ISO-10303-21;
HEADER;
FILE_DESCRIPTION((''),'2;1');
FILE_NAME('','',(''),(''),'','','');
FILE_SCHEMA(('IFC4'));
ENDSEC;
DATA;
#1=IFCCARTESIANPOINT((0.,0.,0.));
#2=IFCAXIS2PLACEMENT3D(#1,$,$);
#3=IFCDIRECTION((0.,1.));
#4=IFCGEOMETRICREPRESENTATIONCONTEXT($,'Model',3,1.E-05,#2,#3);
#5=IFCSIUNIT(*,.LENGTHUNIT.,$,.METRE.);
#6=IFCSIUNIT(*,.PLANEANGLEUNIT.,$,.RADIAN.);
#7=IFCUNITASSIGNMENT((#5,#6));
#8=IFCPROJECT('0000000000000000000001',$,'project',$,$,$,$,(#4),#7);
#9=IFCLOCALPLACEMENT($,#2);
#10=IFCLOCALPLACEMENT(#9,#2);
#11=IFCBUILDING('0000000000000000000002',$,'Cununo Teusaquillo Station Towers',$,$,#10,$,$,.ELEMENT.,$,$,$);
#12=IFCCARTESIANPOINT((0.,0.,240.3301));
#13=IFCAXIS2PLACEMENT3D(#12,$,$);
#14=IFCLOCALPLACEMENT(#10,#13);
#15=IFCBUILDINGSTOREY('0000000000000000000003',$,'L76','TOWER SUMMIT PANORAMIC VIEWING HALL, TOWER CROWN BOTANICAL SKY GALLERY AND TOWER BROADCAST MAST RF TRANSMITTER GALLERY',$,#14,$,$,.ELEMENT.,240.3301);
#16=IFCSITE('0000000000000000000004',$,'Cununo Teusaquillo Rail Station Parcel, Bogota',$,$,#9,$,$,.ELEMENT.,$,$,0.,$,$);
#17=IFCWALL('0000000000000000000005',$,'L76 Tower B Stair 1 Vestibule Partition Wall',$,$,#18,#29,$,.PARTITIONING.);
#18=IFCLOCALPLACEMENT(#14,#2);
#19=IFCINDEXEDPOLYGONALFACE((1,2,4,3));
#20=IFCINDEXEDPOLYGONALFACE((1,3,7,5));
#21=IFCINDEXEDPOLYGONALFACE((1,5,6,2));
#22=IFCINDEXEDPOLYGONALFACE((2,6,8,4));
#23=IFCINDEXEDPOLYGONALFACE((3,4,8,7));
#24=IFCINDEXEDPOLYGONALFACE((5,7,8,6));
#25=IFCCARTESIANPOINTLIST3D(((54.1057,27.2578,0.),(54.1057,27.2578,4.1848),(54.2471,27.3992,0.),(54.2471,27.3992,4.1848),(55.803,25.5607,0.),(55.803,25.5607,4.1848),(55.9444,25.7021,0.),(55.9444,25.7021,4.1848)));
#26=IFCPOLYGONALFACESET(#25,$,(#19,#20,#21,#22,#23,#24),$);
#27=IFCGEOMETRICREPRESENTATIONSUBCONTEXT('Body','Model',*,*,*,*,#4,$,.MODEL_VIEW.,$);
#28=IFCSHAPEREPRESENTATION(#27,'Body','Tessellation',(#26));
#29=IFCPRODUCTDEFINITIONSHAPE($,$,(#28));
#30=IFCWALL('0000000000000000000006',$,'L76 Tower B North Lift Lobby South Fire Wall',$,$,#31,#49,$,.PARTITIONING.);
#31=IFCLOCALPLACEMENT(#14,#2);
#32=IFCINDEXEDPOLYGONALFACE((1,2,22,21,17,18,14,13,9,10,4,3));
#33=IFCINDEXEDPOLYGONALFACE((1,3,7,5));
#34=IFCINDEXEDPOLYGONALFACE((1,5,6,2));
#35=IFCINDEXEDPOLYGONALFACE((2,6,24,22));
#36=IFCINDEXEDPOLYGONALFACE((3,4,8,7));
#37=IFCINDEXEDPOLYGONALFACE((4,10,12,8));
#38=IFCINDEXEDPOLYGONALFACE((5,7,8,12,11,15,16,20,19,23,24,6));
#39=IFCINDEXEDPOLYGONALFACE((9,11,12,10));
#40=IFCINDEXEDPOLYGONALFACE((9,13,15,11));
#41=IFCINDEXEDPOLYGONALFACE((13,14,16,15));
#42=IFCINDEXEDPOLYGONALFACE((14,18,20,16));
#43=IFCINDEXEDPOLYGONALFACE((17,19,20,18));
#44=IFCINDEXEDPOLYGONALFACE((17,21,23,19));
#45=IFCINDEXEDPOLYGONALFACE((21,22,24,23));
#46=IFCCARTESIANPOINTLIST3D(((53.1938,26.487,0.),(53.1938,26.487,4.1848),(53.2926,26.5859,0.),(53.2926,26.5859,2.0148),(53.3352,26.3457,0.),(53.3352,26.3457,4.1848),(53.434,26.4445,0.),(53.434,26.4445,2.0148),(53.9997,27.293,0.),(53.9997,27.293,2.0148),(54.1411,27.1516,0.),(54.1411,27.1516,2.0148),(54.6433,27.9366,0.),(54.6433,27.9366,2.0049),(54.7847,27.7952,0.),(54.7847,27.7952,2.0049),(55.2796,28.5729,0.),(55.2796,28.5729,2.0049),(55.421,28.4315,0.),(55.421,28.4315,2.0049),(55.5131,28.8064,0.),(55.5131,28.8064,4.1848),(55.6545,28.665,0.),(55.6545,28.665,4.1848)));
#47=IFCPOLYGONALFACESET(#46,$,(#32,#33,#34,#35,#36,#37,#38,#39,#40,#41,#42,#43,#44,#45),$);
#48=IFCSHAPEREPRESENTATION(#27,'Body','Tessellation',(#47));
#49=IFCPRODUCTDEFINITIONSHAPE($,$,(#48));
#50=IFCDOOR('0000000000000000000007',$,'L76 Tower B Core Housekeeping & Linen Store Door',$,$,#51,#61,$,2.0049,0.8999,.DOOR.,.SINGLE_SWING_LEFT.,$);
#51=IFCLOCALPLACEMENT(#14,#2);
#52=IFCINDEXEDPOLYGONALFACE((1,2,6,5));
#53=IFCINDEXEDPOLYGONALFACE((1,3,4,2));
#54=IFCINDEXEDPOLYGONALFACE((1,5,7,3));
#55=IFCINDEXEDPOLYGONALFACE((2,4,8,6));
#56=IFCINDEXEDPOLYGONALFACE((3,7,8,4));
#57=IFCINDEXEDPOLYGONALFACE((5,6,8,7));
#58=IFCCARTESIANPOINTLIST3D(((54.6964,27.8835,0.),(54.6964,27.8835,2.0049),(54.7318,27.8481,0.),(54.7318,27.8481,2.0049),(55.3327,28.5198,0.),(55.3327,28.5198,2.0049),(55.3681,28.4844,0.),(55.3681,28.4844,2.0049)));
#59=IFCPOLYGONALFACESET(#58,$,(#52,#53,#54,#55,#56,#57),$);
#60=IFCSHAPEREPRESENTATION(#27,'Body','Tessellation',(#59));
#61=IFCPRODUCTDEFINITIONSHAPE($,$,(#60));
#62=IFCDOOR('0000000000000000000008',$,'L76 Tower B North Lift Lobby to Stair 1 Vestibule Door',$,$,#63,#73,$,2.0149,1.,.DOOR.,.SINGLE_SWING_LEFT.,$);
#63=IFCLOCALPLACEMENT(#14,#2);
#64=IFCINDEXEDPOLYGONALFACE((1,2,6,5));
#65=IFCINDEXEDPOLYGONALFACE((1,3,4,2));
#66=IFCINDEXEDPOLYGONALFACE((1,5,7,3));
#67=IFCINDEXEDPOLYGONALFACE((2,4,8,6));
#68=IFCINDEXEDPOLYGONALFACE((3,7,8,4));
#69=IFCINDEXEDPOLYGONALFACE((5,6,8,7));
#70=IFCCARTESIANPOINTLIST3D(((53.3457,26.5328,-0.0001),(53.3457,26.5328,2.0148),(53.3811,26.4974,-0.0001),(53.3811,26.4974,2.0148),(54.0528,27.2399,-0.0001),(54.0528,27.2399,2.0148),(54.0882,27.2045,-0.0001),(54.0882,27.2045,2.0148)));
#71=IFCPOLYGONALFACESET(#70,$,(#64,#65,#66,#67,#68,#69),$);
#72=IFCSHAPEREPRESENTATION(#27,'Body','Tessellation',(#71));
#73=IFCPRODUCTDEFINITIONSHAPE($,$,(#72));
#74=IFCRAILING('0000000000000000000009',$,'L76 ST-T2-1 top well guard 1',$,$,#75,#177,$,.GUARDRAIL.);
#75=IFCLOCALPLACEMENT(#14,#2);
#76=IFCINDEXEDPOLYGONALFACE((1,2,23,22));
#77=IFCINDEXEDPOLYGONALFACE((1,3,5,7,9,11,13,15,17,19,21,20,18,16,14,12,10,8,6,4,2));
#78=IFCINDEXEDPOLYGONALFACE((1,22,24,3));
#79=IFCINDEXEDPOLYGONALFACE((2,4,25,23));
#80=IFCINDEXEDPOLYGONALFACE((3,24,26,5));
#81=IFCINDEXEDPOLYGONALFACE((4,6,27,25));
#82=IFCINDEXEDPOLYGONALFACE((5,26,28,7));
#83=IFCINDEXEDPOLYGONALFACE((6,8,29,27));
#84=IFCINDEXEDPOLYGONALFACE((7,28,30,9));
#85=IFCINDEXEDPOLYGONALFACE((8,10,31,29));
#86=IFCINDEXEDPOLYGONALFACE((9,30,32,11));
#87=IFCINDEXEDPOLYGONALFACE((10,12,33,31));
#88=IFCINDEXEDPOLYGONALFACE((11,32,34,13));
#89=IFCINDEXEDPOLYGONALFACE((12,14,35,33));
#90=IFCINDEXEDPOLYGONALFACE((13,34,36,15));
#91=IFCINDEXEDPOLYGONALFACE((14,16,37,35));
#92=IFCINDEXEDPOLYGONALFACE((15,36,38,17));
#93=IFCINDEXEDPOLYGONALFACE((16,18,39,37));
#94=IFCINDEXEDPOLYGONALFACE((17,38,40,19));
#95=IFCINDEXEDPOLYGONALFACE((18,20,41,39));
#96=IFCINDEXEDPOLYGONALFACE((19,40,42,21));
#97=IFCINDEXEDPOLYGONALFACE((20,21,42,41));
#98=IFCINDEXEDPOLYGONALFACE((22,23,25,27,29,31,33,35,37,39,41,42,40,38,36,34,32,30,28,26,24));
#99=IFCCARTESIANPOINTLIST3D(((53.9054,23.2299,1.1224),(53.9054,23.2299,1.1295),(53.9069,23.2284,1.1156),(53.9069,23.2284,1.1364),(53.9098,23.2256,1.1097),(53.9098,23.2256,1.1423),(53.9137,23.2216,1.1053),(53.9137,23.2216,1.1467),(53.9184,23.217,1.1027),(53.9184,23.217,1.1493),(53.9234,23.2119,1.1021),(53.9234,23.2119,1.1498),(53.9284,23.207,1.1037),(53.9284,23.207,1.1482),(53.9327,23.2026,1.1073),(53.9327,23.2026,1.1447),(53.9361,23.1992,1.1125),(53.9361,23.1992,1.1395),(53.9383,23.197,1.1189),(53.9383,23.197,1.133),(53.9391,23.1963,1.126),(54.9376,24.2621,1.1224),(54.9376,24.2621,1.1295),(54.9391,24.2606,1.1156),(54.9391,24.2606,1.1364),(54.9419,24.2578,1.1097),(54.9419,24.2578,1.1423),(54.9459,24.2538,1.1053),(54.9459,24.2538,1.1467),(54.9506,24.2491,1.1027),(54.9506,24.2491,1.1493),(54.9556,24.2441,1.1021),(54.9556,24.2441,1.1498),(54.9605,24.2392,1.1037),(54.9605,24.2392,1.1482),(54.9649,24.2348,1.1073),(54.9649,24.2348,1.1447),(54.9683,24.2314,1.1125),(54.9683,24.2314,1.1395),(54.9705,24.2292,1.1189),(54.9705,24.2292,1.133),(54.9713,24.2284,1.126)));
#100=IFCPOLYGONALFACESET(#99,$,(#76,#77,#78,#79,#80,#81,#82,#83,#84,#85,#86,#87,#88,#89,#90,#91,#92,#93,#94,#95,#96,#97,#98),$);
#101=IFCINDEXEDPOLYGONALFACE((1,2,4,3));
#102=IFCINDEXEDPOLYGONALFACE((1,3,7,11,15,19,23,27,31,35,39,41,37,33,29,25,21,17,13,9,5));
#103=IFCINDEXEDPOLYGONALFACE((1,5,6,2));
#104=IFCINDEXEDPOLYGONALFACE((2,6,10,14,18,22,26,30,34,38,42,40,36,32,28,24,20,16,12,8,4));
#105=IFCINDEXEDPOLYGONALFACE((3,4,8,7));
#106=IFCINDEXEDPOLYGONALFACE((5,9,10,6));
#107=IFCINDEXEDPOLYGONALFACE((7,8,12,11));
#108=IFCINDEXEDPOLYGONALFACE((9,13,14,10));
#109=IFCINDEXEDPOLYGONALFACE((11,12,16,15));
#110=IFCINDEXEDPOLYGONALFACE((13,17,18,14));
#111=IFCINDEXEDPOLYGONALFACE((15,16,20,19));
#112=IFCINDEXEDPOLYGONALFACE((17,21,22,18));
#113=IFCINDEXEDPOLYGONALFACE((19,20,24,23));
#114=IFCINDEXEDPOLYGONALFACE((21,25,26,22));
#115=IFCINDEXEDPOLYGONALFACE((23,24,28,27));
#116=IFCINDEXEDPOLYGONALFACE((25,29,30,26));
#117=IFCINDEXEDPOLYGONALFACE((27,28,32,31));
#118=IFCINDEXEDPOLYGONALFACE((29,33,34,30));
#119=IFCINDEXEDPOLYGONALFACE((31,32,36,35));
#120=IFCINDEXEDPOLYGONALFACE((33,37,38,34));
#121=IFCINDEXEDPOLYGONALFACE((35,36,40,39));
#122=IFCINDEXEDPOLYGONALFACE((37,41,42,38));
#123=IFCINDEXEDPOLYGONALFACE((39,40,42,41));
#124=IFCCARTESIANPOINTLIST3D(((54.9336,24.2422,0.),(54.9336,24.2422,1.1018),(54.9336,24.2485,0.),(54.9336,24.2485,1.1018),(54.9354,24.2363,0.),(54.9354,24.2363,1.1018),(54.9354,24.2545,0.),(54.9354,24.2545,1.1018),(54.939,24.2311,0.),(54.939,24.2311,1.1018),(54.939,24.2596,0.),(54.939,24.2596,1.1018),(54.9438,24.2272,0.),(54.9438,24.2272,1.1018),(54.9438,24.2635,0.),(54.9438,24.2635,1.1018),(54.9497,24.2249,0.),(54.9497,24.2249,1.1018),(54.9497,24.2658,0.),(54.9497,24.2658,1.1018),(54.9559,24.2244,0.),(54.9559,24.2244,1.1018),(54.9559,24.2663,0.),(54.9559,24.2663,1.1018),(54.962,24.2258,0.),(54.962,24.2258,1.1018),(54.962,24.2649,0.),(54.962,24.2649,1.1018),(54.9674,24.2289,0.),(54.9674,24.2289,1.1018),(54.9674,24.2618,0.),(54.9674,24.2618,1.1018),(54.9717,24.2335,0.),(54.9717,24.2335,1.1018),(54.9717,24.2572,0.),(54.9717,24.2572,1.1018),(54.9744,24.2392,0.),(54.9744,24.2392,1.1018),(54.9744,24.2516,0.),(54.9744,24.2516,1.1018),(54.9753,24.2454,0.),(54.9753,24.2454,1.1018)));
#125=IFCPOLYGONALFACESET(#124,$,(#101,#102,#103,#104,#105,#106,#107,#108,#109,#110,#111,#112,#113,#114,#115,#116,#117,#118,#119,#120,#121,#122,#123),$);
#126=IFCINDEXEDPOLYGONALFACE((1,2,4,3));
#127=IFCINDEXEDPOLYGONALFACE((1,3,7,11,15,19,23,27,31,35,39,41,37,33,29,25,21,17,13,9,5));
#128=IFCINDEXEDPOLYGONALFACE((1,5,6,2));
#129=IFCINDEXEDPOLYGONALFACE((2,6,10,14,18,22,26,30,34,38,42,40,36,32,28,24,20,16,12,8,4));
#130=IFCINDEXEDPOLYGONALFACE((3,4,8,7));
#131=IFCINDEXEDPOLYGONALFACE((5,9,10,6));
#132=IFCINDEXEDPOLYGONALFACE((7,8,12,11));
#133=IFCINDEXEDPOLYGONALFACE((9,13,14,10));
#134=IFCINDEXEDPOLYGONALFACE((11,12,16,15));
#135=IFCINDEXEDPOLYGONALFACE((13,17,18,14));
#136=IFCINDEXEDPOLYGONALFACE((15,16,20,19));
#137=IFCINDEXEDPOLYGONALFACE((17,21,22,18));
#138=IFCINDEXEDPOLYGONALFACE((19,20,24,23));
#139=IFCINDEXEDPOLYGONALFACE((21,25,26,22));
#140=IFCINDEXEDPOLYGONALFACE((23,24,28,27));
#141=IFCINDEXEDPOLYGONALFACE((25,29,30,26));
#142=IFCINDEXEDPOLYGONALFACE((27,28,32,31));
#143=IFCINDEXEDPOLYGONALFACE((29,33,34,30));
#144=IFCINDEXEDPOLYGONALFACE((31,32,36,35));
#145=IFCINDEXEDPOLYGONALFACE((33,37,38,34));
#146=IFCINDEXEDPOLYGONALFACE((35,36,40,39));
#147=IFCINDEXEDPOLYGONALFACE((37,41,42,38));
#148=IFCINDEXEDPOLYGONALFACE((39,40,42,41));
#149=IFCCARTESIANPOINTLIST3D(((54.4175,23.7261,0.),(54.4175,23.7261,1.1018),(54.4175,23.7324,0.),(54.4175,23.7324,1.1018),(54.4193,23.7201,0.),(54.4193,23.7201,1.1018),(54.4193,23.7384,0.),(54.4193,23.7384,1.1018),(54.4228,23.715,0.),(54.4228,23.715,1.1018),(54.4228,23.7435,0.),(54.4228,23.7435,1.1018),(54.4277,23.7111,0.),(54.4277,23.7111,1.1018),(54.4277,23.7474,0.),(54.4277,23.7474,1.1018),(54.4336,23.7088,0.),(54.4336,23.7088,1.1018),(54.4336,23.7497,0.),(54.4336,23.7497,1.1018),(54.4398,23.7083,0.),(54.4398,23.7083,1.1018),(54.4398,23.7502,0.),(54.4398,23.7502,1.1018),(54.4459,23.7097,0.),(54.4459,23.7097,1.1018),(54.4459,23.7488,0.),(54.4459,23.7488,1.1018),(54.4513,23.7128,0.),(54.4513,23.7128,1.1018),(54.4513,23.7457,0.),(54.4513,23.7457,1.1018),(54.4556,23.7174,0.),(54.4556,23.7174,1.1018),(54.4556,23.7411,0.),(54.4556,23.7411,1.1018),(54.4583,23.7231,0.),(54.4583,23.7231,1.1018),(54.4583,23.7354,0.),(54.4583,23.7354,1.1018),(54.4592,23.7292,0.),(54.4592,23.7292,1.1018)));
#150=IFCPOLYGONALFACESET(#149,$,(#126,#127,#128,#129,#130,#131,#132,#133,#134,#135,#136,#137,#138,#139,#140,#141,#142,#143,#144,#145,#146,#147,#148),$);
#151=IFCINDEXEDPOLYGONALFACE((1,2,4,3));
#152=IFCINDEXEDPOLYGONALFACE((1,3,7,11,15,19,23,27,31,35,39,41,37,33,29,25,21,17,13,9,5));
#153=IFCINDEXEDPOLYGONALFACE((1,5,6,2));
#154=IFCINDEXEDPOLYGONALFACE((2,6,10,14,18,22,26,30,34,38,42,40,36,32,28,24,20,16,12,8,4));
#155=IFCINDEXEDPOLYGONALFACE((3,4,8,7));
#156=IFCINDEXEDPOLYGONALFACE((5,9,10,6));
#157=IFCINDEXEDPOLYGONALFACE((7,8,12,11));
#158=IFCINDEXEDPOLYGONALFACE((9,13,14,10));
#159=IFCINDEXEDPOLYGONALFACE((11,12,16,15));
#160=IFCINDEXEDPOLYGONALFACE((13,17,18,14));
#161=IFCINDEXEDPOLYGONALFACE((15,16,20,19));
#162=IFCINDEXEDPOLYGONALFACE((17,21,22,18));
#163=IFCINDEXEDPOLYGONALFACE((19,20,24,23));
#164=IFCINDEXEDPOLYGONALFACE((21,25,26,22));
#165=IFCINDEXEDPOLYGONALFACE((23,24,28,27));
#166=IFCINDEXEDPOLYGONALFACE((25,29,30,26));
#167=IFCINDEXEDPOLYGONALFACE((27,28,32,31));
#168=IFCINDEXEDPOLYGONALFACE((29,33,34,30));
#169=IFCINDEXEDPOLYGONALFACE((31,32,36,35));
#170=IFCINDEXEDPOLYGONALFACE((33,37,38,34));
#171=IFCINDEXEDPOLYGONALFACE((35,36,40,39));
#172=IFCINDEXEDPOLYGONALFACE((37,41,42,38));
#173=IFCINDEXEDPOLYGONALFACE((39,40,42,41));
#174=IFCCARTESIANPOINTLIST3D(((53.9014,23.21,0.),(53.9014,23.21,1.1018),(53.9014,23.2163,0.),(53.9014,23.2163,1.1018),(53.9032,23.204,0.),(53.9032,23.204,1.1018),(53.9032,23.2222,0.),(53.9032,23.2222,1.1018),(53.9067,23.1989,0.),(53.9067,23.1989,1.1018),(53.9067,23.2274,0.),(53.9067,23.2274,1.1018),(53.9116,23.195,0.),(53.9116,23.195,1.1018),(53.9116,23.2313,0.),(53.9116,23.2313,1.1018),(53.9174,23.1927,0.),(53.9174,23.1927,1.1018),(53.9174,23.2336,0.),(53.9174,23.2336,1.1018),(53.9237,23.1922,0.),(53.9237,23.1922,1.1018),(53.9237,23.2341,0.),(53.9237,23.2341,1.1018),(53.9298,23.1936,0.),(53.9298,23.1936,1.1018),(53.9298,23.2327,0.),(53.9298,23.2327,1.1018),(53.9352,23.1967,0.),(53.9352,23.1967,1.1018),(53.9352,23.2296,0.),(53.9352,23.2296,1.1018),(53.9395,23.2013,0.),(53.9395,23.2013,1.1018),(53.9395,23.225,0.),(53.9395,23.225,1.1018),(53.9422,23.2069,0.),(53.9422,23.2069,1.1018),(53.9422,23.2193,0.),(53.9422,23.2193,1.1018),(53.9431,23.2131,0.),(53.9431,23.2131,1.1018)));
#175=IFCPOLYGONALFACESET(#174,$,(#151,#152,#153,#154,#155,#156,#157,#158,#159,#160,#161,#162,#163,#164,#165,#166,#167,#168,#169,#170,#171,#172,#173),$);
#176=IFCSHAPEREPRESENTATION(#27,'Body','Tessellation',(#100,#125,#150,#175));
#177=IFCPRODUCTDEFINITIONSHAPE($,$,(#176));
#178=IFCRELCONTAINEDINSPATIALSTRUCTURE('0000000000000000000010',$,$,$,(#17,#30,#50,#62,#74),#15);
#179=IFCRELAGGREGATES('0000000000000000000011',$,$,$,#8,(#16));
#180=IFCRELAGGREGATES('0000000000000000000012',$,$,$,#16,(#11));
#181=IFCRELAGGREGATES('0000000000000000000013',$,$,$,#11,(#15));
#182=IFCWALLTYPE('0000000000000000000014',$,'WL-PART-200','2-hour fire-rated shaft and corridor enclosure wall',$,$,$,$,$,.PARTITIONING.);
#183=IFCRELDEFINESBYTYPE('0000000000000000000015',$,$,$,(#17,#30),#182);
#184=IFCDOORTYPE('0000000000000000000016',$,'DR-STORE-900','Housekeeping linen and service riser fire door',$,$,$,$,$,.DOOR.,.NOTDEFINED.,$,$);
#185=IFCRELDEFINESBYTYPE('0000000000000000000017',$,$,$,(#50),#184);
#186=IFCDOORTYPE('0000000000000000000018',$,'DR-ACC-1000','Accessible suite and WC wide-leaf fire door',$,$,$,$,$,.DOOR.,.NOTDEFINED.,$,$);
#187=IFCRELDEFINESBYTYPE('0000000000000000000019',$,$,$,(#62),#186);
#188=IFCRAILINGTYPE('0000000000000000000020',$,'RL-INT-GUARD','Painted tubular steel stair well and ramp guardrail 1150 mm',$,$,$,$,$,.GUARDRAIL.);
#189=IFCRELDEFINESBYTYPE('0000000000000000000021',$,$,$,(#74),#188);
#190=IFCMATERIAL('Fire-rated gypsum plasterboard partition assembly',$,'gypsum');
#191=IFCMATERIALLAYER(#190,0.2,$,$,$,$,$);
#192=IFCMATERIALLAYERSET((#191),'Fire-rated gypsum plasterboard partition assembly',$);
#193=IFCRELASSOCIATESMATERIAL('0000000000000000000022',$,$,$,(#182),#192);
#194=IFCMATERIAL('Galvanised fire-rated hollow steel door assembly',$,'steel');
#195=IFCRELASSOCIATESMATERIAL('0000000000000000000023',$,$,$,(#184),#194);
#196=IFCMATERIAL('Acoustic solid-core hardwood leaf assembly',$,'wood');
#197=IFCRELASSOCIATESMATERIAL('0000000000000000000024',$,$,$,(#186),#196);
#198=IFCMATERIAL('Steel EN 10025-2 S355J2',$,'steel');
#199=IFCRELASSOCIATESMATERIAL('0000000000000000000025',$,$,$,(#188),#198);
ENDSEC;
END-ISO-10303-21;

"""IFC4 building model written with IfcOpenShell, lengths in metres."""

from ifc_helpers import new_model, si_unit, direction, frame, frame_2d, origin, origin_2d, place, context, subcontext, project, spatial, rectangle, circle, extrude, source, transform, mapped, material, layer, layer_set, type_object, element, fill, save


model = new_model("IFC4")

# Units and contexts
model_context = context("Model", 3, precision=1e-05, world=origin(), true_north=direction((0.0, 1.0)))
body_context = subcontext(model_context, "Body", "Model", "MODEL_VIEW")
ifc_project = project(units=[si_unit("LENGTHUNIT", "METRE"), si_unit("PLANEANGLEUNIT", "RADIAN")], contexts=[model_context])

# Site, building, storey
site_placement = place(None, origin())
site = spatial("IfcSite", under=ifc_project, at=site_placement, Name="Cununo Teusaquillo Rail Station Parcel, Bogota", CompositionType="ELEMENT", RefElevation=0.0)
building_placement = place(site_placement, origin())
building = spatial("IfcBuilding", under=site, at=building_placement, Name="Cununo Teusaquillo Station Towers", CompositionType="ELEMENT")
storey_placement = place(building_placement, frame((0.0, 0.0, 240.3301)))
storey = spatial("IfcBuildingStorey", under=building, at=storey_placement, Name="L76", Description="TOWER SUMMIT PANORAMIC VIEWING HALL, TOWER CROWN BOTANICAL SKY GALLERY AND TOWER BROADCAST MAST RF TRANSMITTER GALLERY", CompositionType="ELEMENT", Elevation=240.3301)

# Shared definitions
shared_shape_1 = source(origin(), body_context, "Body", "SweptSolid", [
    extrude(rectangle(XDim=0.8999, YDim=2.0049, at=frame_2d((0.45, 1.0024))), frame((0.0, 0.0249, 0.0), z_axis=(0.0, -1.0, 0.0), x_axis=(1.0, 0.0, 0.0)), (0.0, 0.0, 1.0), 0.05),
])
ifc_material_1 = material(Name="Fire-rated gypsum plasterboard partition assembly", Category="gypsum")
ifc_layer_1 = layer(ifc_material_1, 0.2)
ifc_layer_set_1 = layer_set([ifc_layer_1], Name="Fire-rated gypsum plasterboard partition assembly")
wall_type_1 = type_object("IfcWallType", Name="WL-PART-200", Description="2-hour fire-rated shaft and corridor enclosure wall", PredefinedType="PARTITIONING", material=ifc_layer_set_1)
shared_shape_2 = source(origin(), body_context, "Body", "SweptSolid", [
    extrude(rectangle(XDim=0.8999, YDim=2.0049, at=frame_2d((0.45, 1.0024))), frame((0.0, 0.1099, 0.0), z_axis=(0.0, -1.0, 0.0), x_axis=(1.0, 0.0, 0.0)), (0.0, 0.0, 1.0), 0.22),
])
ifc_material_2 = material(Name="Galvanised fire-rated hollow steel door assembly", Category="steel")
door_type_1 = type_object("IfcDoorType", Name="DR-STORE-900", Description="Housekeeping linen and service riser fire door", OperationType="NOTDEFINED", PredefinedType="DOOR", material=ifc_material_2)

# Wall
wall_1_placement = place(storey_placement, frame((55.8738, 25.6313, 0.0), z_axis=(0.0, 0.0, 1.0), x_axis=(-0.707158, 0.707056, 0.0)))
element("IfcWall", 1, at=wall_1_placement, inside=storey, type_object=wall_type_1, Name="L76 Tower B Stair 1 Vestibule Partition Wall", PredefinedType="PARTITIONING", context=body_context, shape_type="SweptSolid", body=[
    extrude(rectangle(XDim=2.4001, YDim=0.2, at=frame_2d((1.2002, 0.0))), origin(), (0.0, 0.0, 1.0), 4.1848),
])

# Wall, openings, doors
wall_2_placement = place(storey_placement, frame((53.2644, 26.4163, 0.0), z_axis=(0.0, 0.0, 1.0), x_axis=(0.707107, 0.707107, 0.0)))
wall_2 = element("IfcWall", 2, at=wall_2_placement, inside=storey, type_object=wall_type_1, Name="L76 Tower B North Lift Lobby South Fire Wall", PredefinedType="PARTITIONING", context=body_context, shape_type="SweptSolid", body=[
    extrude(rectangle(XDim=3.28, YDim=0.2, at=frame_2d((1.6401, 0.0))), origin(), (0.0, 0.0, 1.0), 4.1848),
])
shared_shape_3 = source(origin(), body_context, "Body", "SweptSolid", [
    extrude(rectangle(XDim=1.0, YDim=2.0149, at=frame_2d((0.5, 1.0073))), frame((0.0, 0.1099, 0.0), z_axis=(0.0, -1.0, 0.0), x_axis=(1.0, 0.0, 0.0)), (0.0, 0.0, 1.0), 0.22),
])
opening_1_placement = place(wall_2_placement, frame((0.1399, 0.0, 0.0)))
opening_1 = element("IfcOpeningElement", 3, at=opening_1_placement, cuts=wall_2, PredefinedType="OPENING", context=body_context, shape_type="MappedRepresentation", body=[
    mapped(shared_shape_3, transform((0.0, 0.0, 0.0), x_axis=(1.0, 0.0, 0.0), y_axis=(0.0, 1.0, 0.0), z_axis=(0.0, 0.0, 1.0), scale=1.0)),
])
opening_2_placement = place(wall_2_placement, frame((2.05, 0.0, 0.0)))
opening_2 = element("IfcOpeningElement", 4, at=opening_2_placement, cuts=wall_2, PredefinedType="OPENING", context=body_context, shape_type="MappedRepresentation", body=[
    mapped(shared_shape_2, transform((0.0, 0.0, 0.0), x_axis=(1.0, 0.0, 0.0), y_axis=(0.0, 1.0, 0.0), z_axis=(0.0, 0.0, 1.0), scale=1.0)),
])
door_1_placement = place(opening_2_placement, origin())
door_1 = element("IfcDoor", 5, at=door_1_placement, inside=storey, type_object=door_type_1, Name="L76 Tower B Core Housekeeping & Linen Store Door", OperationType="SINGLE_SWING_LEFT", OverallHeight=2.0049, OverallWidth=0.8999, PredefinedType="DOOR", context=body_context, shape_type="MappedRepresentation", body=[
    mapped(shared_shape_1, transform((0.0, 0.0, 0.0), x_axis=(1.0, 0.0, 0.0), y_axis=(0.0, 1.0, 0.0), z_axis=(0.0, 0.0, 1.0), scale=1.0)),
])
fill(opening_2, door_1)
ifc_material_3 = material(Name="Acoustic solid-core hardwood leaf assembly", Category="wood")
door_type_2 = type_object("IfcDoorType", Name="DR-ACC-1000", Description="Accessible suite and WC wide-leaf fire door", OperationType="NOTDEFINED", PredefinedType="DOOR", material=ifc_material_3)
shared_shape_4 = source(origin(), body_context, "Body", "SweptSolid", [
    extrude(rectangle(XDim=1.0, YDim=2.0149, at=frame_2d((0.5, 1.0073))), frame((0.0, 0.0249, 0.0), z_axis=(0.0, -1.0, 0.0), x_axis=(1.0, 0.0, 0.0)), (0.0, 0.0, 1.0), 0.05),
])
door_2_placement = place(opening_1_placement, origin())
door_2 = element("IfcDoor", 6, at=door_2_placement, inside=storey, type_object=door_type_2, Name="L76 Tower B North Lift Lobby to Stair 1 Vestibule Door", OperationType="SINGLE_SWING_LEFT", OverallHeight=2.0149, OverallWidth=1.0, PredefinedType="DOOR", context=body_context, shape_type="MappedRepresentation", body=[
    mapped(shared_shape_4, transform((0.0, 0.0, 0.0), x_axis=(1.0, 0.0, 0.0), y_axis=(0.0, 1.0, 0.0), z_axis=(0.0, 0.0, 1.0), scale=1.0)),
])
fill(opening_1, door_2)

# Railing
ifc_material_4 = material(Name="Steel EN 10025-2 S355J2", Category="steel")
railing_type = type_object("IfcRailingType", Name="RL-INT-GUARD", Description="Painted tubular steel stair well and ramp guardrail 1150 mm", PredefinedType="GUARDRAIL", material=ifc_material_4)
railing_1_placement = place(storey_placement, frame((54.9543, 24.2454, 0.0)))
element("IfcRailing", 7, at=railing_1_placement, inside=storey, type_object=railing_type, Name="L76 ST-T2-1 top well guard 1", PredefinedType="GUARDRAIL", context=body_context, shape_type="SweptSolid", body=[
    extrude(circle(Radius=0.0239, at=origin_2d()), frame((0.0, 0.0, 1.126), z_axis=(-0.707107, -0.707107, 0.0), x_axis=(0.707107, -0.707107, 0.0)), (0.0, 0.0, 1.0), 1.4597),
    extrude(circle(Radius=0.021, at=origin_2d()), origin(), (0.0, 0.0, 1.0), 1.1018),
    extrude(circle(Radius=0.021, at=origin_2d()), frame((-0.5161, -0.5161, 0.0)), (0.0, 0.0, 1.0), 1.1018),
    extrude(circle(Radius=0.021, at=origin_2d()), frame((-1.0322, -1.0322, 0.0)), (0.0, 0.0, 1.0), 1.1018),
])

save(model, "model.ifc")
